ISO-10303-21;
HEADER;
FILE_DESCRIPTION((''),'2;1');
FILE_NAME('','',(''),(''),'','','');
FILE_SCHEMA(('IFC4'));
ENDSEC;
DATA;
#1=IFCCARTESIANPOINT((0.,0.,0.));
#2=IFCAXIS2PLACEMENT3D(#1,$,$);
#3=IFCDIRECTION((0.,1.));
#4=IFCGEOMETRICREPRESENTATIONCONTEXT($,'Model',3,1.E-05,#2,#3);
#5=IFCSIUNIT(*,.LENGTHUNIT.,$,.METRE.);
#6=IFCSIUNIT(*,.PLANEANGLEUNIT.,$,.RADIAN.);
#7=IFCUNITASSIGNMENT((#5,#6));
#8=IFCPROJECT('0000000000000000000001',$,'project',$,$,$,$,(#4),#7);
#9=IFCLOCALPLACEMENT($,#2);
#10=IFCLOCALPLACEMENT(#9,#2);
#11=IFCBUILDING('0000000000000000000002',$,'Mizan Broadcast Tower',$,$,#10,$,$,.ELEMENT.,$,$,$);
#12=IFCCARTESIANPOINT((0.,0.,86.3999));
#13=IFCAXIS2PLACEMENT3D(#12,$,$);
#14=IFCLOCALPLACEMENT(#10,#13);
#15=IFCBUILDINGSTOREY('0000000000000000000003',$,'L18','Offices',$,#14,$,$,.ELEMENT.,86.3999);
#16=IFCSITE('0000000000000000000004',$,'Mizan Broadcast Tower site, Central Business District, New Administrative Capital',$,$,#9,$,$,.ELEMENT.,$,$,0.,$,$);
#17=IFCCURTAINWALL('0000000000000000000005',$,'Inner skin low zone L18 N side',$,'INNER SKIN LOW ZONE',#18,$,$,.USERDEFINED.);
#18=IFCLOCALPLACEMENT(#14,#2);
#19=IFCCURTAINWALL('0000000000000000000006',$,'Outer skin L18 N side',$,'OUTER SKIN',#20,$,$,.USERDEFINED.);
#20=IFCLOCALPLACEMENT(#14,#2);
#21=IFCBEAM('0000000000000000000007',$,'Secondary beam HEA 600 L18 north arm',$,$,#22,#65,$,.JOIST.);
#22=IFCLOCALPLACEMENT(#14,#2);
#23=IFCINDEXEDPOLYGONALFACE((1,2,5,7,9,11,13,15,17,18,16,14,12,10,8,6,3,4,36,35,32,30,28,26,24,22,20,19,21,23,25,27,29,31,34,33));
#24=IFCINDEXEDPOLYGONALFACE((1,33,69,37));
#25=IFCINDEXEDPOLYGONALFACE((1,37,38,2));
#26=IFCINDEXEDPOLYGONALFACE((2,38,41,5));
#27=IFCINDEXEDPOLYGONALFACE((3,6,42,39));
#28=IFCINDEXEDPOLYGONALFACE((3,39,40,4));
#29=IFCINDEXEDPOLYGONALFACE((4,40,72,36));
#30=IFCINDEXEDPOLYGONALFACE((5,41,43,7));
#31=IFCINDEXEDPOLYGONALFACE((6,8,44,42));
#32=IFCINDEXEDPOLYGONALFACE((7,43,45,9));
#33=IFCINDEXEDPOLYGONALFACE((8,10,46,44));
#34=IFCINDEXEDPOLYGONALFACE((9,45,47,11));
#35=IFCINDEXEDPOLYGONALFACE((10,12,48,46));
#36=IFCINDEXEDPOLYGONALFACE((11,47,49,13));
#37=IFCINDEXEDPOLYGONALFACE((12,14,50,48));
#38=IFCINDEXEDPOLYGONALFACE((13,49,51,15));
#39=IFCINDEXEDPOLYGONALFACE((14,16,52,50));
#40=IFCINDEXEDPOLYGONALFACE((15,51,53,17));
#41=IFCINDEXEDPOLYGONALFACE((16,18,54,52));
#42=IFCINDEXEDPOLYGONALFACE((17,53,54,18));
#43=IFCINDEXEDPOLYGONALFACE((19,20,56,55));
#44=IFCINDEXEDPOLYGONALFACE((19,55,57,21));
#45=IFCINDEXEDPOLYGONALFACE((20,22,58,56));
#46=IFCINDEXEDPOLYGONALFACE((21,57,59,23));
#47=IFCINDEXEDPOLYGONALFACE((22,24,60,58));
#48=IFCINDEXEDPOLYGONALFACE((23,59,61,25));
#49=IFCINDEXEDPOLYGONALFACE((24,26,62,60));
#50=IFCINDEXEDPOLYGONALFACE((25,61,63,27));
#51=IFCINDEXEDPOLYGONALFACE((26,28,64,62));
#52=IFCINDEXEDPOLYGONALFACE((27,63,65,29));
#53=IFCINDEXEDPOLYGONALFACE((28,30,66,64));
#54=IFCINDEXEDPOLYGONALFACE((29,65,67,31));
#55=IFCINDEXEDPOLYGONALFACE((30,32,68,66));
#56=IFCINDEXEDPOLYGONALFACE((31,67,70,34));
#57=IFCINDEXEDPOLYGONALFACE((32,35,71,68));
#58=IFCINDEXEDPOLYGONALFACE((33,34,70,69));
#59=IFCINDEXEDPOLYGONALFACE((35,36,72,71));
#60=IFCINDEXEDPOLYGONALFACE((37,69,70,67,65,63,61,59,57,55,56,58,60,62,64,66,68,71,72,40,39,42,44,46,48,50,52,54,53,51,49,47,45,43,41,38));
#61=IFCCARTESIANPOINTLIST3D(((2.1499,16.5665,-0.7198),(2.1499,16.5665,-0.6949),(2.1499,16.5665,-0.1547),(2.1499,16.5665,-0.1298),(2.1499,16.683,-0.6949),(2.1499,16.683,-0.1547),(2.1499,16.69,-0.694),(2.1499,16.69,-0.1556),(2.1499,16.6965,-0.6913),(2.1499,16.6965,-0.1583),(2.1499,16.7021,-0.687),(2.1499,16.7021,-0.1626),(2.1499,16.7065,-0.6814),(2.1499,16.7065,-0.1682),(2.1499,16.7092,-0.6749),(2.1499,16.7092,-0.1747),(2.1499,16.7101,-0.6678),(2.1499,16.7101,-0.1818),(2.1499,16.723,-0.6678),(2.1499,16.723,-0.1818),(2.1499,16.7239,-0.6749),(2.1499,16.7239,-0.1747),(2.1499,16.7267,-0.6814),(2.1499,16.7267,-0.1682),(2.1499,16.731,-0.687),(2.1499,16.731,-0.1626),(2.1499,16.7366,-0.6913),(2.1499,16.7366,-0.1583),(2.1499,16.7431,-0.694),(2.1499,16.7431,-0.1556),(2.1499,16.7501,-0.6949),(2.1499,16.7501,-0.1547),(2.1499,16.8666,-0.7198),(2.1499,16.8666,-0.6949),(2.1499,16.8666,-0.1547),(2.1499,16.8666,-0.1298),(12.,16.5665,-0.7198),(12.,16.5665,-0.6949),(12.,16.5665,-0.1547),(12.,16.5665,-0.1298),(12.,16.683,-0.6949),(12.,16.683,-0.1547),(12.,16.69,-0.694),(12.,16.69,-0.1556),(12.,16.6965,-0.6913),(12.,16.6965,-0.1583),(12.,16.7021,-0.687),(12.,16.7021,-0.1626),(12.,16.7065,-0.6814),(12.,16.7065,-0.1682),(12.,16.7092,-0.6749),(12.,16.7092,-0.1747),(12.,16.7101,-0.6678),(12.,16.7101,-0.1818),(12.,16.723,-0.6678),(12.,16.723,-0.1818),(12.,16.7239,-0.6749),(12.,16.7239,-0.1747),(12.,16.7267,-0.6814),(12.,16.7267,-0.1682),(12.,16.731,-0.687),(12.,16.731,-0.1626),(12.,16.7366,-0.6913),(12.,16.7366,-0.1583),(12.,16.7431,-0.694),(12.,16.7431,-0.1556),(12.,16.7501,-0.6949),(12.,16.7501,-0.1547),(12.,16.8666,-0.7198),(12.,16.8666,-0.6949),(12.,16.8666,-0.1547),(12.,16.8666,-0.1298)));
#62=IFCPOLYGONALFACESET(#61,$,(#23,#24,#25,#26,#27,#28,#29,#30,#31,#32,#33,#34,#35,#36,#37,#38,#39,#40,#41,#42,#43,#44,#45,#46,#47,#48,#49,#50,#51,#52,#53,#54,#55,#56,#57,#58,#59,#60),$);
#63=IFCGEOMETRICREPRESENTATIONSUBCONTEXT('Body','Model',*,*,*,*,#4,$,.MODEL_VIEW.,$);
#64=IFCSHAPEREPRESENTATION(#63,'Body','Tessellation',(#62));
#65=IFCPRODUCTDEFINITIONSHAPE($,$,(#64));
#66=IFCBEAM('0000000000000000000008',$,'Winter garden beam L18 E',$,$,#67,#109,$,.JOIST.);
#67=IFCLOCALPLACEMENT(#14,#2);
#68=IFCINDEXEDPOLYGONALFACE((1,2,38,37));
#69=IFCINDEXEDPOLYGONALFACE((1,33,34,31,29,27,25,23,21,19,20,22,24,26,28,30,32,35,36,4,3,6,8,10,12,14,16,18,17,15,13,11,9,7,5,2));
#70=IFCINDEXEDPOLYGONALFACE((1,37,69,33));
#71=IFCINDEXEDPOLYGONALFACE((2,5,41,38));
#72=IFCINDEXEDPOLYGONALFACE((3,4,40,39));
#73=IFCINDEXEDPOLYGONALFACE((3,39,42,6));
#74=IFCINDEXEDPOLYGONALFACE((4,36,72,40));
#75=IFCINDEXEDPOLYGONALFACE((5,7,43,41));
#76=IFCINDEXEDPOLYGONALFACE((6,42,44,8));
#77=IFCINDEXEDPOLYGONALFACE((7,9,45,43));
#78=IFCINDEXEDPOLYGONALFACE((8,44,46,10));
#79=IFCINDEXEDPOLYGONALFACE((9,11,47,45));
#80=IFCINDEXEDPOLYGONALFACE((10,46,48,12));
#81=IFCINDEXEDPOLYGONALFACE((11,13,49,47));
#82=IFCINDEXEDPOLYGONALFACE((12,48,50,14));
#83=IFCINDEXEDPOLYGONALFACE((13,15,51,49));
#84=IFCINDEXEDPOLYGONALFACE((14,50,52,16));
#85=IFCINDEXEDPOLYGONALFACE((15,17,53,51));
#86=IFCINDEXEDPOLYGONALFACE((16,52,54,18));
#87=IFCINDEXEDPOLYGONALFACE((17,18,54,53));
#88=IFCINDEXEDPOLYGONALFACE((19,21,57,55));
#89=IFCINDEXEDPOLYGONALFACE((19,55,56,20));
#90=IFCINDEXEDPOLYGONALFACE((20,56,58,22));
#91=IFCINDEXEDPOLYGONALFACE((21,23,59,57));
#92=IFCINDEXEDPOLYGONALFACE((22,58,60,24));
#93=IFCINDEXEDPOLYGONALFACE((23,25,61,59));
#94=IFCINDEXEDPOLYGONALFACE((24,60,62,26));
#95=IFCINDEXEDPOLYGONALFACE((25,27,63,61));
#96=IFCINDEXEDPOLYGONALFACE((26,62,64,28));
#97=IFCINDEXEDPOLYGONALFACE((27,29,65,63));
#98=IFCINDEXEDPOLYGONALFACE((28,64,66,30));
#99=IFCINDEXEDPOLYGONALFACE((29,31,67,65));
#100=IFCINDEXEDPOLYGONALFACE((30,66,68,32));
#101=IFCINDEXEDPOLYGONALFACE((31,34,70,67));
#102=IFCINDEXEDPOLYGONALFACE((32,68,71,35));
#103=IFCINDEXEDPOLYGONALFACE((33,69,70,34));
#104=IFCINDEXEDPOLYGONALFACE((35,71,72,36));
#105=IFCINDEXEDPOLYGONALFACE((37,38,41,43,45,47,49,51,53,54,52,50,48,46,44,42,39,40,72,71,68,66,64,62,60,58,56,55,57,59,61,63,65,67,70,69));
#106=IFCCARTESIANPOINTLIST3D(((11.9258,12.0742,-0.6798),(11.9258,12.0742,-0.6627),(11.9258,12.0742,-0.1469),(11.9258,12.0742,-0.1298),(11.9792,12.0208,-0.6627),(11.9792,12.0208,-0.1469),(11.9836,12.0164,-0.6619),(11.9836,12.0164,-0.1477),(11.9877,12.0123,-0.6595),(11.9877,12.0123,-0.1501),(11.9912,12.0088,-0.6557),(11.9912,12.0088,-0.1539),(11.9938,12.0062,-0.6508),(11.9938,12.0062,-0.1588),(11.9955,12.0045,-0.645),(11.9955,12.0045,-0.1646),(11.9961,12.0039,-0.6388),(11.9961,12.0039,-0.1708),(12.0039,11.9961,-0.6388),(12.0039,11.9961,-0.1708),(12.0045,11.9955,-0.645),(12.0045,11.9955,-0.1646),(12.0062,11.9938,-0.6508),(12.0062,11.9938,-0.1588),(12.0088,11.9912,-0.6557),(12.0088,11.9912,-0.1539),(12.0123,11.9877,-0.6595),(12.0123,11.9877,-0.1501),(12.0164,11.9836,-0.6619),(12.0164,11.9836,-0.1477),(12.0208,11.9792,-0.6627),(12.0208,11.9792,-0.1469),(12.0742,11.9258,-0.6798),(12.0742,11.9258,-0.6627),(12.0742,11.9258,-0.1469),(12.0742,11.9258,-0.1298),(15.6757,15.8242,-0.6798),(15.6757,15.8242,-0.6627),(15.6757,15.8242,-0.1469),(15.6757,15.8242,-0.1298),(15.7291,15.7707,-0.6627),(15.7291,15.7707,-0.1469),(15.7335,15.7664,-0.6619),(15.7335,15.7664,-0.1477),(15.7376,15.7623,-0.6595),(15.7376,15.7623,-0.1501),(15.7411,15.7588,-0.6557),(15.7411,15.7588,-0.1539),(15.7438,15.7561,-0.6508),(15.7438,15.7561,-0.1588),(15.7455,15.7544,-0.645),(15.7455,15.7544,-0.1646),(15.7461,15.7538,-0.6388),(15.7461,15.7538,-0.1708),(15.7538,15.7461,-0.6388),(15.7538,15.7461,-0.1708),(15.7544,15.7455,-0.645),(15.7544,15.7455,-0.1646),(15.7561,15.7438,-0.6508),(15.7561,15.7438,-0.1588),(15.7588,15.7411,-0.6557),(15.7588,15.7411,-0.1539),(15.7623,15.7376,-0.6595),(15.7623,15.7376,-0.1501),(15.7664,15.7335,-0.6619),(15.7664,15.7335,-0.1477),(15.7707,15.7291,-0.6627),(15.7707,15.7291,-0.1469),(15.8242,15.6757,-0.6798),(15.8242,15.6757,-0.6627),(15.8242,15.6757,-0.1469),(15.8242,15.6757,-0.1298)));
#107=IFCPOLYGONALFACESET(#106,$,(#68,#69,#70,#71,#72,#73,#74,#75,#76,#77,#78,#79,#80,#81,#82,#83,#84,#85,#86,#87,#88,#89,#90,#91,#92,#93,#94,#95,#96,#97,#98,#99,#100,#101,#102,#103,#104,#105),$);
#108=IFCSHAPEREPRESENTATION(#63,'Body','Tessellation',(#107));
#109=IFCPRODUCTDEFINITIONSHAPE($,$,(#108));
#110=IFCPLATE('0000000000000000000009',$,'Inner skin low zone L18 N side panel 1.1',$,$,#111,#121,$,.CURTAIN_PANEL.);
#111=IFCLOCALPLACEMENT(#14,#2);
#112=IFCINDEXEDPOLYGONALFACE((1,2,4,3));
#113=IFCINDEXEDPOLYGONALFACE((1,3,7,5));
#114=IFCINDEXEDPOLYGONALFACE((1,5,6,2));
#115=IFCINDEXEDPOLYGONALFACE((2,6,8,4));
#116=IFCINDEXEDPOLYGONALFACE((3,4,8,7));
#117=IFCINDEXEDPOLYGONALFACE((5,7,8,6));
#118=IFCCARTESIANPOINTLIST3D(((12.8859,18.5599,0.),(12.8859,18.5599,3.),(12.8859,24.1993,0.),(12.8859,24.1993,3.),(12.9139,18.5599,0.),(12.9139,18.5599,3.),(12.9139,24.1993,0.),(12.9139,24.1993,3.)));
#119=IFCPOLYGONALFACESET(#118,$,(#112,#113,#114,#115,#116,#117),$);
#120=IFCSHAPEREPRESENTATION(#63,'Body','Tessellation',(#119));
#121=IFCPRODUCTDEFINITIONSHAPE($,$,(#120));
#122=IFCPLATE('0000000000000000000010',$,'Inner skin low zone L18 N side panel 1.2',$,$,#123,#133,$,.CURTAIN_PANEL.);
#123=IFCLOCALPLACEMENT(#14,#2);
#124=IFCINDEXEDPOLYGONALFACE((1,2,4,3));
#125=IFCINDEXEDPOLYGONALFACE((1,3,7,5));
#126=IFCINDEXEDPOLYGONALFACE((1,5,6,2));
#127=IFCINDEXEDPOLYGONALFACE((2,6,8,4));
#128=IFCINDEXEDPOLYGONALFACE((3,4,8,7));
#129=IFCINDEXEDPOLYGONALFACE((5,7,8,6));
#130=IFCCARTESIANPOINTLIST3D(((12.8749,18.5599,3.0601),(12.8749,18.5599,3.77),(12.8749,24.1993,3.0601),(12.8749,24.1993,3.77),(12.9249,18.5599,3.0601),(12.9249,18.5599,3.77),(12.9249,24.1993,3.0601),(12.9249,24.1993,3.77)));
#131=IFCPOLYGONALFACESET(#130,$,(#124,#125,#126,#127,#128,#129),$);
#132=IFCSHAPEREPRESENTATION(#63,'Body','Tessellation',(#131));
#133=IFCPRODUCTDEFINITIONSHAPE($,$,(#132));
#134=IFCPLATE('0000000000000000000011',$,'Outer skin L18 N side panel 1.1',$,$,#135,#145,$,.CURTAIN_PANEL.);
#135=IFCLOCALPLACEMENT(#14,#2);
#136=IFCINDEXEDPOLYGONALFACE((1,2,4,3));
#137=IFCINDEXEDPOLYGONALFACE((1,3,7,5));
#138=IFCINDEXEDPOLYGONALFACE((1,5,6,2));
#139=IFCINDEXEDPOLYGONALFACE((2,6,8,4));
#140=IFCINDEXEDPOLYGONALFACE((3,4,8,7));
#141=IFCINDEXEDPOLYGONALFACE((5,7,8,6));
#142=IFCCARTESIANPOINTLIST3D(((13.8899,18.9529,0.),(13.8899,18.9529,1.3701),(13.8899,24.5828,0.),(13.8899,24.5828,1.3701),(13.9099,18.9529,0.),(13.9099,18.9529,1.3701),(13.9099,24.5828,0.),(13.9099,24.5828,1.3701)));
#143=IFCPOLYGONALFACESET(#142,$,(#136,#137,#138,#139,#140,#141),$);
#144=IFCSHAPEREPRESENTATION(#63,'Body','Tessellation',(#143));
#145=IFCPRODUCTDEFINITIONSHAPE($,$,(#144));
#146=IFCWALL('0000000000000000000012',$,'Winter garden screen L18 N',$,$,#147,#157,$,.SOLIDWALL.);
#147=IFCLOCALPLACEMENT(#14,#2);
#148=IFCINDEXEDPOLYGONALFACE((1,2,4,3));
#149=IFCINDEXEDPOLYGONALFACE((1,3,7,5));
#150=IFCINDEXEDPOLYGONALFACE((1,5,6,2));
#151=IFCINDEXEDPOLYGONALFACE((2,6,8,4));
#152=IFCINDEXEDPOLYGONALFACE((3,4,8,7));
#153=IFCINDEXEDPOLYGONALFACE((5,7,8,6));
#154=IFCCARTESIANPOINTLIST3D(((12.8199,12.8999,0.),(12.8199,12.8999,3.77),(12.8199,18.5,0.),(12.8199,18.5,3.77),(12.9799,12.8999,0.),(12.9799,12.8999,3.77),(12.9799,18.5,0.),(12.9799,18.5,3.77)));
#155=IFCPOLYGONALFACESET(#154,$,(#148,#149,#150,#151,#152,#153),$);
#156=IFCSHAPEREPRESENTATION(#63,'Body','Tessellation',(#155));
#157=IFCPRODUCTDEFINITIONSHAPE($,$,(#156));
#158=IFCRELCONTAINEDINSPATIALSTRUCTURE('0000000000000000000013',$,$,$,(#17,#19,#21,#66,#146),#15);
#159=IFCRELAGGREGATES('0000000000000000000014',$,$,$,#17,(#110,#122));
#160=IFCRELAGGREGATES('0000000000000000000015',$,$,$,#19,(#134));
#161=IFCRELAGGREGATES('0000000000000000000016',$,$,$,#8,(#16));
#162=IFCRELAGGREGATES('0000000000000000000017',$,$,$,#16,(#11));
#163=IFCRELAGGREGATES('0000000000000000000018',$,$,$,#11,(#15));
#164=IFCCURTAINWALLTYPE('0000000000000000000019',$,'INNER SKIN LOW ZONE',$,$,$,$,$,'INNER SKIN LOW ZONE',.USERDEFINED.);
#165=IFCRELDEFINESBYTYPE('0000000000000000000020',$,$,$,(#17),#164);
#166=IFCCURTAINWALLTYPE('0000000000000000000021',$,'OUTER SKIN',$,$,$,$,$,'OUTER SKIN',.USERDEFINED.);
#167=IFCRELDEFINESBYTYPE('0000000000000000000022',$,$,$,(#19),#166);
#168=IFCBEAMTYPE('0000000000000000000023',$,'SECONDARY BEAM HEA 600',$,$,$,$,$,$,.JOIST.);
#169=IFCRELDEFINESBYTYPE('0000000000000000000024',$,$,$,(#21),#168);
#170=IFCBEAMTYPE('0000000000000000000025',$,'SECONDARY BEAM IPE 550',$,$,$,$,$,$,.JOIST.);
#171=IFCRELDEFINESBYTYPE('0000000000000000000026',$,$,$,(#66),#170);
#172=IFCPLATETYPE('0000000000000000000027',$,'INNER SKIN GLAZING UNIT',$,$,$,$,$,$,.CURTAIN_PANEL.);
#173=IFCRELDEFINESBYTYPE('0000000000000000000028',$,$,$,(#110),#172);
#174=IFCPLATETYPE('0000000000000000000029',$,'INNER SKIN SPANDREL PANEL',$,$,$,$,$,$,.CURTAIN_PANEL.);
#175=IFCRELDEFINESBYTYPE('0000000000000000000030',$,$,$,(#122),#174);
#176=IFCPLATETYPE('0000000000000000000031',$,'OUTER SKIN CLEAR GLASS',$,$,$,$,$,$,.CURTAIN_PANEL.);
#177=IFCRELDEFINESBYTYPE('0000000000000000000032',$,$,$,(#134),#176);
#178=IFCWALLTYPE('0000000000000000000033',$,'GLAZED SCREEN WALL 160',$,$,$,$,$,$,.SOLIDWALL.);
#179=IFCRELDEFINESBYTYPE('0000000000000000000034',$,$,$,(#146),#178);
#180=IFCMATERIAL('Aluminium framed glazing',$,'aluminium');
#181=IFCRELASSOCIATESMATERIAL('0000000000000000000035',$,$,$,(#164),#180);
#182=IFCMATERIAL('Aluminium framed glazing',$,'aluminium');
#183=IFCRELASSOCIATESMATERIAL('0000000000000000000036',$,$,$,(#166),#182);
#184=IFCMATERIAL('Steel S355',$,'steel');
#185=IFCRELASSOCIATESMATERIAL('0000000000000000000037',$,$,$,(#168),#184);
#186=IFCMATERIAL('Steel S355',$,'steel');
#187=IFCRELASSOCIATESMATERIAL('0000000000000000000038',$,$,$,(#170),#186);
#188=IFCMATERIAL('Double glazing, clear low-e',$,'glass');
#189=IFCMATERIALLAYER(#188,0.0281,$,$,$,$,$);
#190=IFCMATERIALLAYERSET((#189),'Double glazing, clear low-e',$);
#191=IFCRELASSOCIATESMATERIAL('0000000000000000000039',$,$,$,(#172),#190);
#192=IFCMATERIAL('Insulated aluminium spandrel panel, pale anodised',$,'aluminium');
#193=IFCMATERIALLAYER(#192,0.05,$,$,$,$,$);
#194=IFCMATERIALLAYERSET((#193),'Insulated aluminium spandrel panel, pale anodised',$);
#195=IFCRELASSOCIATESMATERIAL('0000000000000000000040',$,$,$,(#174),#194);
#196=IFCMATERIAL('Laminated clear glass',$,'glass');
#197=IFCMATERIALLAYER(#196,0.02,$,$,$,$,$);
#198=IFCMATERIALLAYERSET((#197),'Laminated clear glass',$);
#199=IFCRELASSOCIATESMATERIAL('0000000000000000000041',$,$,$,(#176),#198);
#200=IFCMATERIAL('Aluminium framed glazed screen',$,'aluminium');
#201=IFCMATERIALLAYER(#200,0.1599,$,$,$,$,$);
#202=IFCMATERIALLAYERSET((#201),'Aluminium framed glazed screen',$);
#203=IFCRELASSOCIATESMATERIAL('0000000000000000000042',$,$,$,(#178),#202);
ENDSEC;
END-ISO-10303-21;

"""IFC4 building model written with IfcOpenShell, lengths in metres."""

from ifc_helpers import new_model, si_unit, direction, frame, frame_2d, origin, origin_2d, place, context, subcontext, project, spatial, rectangle, i_section, extrude, material, layer, layer_set, material_profile, profile_set, type_object, element, aggregate, save


model = new_model("IFC4")

# Units and contexts
model_context = context("Model", 3, precision=1e-05, world=origin(), true_north=direction((0.0, 1.0)))
body_context = subcontext(model_context, "Body", "Model", "MODEL_VIEW")
ifc_project = project(units=[si_unit("LENGTHUNIT", "METRE"), si_unit("PLANEANGLEUNIT", "RADIAN")], contexts=[model_context])

# Site, building, storey
site_placement = place(None, origin())
site = spatial("IfcSite", under=ifc_project, at=site_placement, Name="Mizan Broadcast Tower site, Central Business District, New Administrative Capital", CompositionType="ELEMENT", RefElevation=0.0)
building_placement = place(site_placement, origin())
building = spatial("IfcBuilding", under=site, at=building_placement, Name="Mizan Broadcast Tower", CompositionType="ELEMENT")
storey_placement = place(building_placement, frame((0.0, 0.0, 86.3999)))
storey = spatial("IfcBuildingStorey", under=building, at=storey_placement, Name="L18", Description="Offices", CompositionType="ELEMENT", Elevation=86.3999)

# Curtain walls
ifc_material_1 = material(Name="Aluminium framed glazing", Category="aluminium")
curtain_wall_type_1 = type_object("IfcCurtainWallType", Name="INNER SKIN LOW ZONE", ElementType="INNER SKIN LOW ZONE", PredefinedType="USERDEFINED", material=ifc_material_1)
curtain_wall_1_placement = place(storey_placement, origin())
curtain_wall_1 = element("IfcCurtainWall", 1, at=curtain_wall_1_placement, inside=storey, type_object=curtain_wall_type_1, Name="Inner skin low zone L18 N side", ObjectType="INNER SKIN LOW ZONE", PredefinedType="USERDEFINED")
ifc_material_2 = material(Name="Aluminium framed glazing", Category="aluminium")
curtain_wall_type_2 = type_object("IfcCurtainWallType", Name="OUTER SKIN", ElementType="OUTER SKIN", PredefinedType="USERDEFINED", material=ifc_material_2)
curtain_wall_2_placement = place(storey_placement, origin())
curtain_wall_2 = element("IfcCurtainWall", 2, at=curtain_wall_2_placement, inside=storey, type_object=curtain_wall_type_2, Name="Outer skin L18 N side", ObjectType="OUTER SKIN", PredefinedType="USERDEFINED")

# Beams
ifc_material_3 = material(Name="Steel S355", Category="steel")
ifc_material_profile_1 = material_profile(ifc_material_3, i_section(OverallWidth=0.3, OverallDepth=0.5901, WebThickness=0.0129, FlangeThickness=0.0249, FilletRadius=0.0271, at=origin_2d()), Name="HEA 600")
ifc_profile_set_1 = profile_set([ifc_material_profile_1], Name="Steel S355")
beam_type_1 = type_object("IfcBeamType", Name="SECONDARY BEAM HEA 600", PredefinedType="JOIST", material=ifc_profile_set_1)
for number, where, z_axis, x_axis, name in (
    (3, (12.0, 16.7166, -0.4248), (-1.0, 0.0, 0.0), (0.0, -1.0, 0.0), "Secondary beam HEA 600 L18 north arm"),
):
    element("IfcBeam", number, at=place(storey_placement, frame(where, z_axis=z_axis, x_axis=x_axis)), inside=storey, type_object=beam_type_1, Name=name, PredefinedType="JOIST", context=body_context, shape_type="SweptSolid", body=[
        extrude(i_section(OverallWidth=0.3, OverallDepth=0.5901, WebThickness=0.0129, FlangeThickness=0.0249, FilletRadius=0.0271, at=origin_2d()), origin(), (0.0, 0.0, 1.0), 9.8501),
    ])
ifc_material_4 = material(Name="Steel S355", Category="steel")
ifc_material_profile_2 = material_profile(ifc_material_4, i_section(OverallWidth=0.21, OverallDepth=0.55, WebThickness=0.011, FlangeThickness=0.0171, FilletRadius=0.0239, at=origin_2d()), Name="IPE 550")
ifc_profile_set_2 = profile_set([ifc_material_profile_2], Name="Steel S355")
beam_type_2 = type_object("IfcBeamType", Name="SECONDARY BEAM IPE 550", PredefinedType="JOIST", material=ifc_profile_set_2)
beam_1_placement = place(storey_placement, frame((12.0, 12.0, -0.4048), z_axis=(0.707107, 0.707107, 0.0), x_axis=(-0.707107, 0.707107, 0.0)))
element("IfcBeam", 4, at=beam_1_placement, inside=storey, type_object=beam_type_2, Name="Winter garden beam L18 E", PredefinedType="JOIST", context=body_context, shape_type="SweptSolid", body=[
    extrude(i_section(OverallWidth=0.21, OverallDepth=0.55, WebThickness=0.011, FlangeThickness=0.0171, FilletRadius=0.0239, at=origin_2d()), origin(), (0.0, 0.0, 1.0), 5.3032),
])

# Plates
ifc_material_5 = material(Name="Double glazing, clear low-e", Category="glass")
ifc_layer_1 = layer(ifc_material_5, 0.0281)
ifc_layer_set_1 = layer_set([ifc_layer_1], Name="Double glazing, clear low-e")
plate_type_1 = type_object("IfcPlateType", Name="INNER SKIN GLAZING UNIT", PredefinedType="CURTAIN_PANEL", material=ifc_layer_set_1)
plate_1_placement = place(storey_placement, frame((12.8999, 21.3796, 0.0), z_axis=(0.0, 0.0, 1.0), x_axis=(0.0, 1.0, 0.0)))
plate_1 = element("IfcPlate", 5, at=plate_1_placement, type_object=plate_type_1, Name="Inner skin low zone L18 N side panel 1.1", PredefinedType="CURTAIN_PANEL", context=body_context, shape_type="SweptSolid", body=[
    extrude(rectangle(XDim=5.6394, YDim=0.0281, at=origin_2d()), origin(), (0.0, 0.0, 1.0), 3.0),
])
ifc_material_6 = material(Name="Insulated aluminium spandrel panel, pale anodised", Category="aluminium")
ifc_layer_2 = layer(ifc_material_6, 0.05)
ifc_layer_set_2 = layer_set([ifc_layer_2], Name="Insulated aluminium spandrel panel, pale anodised")
plate_type_2 = type_object("IfcPlateType", Name="INNER SKIN SPANDREL PANEL", PredefinedType="CURTAIN_PANEL", material=ifc_layer_set_2)
plate_2_placement = place(storey_placement, frame((12.8999, 21.3796, 3.0601), z_axis=(0.0, 0.0, 1.0), x_axis=(0.0, 1.0, 0.0)))
plate_2 = element("IfcPlate", 6, at=plate_2_placement, type_object=plate_type_2, Name="Inner skin low zone L18 N side panel 1.2", PredefinedType="CURTAIN_PANEL", context=body_context, shape_type="SweptSolid", body=[
    extrude(rectangle(XDim=5.6394, YDim=0.05, at=origin_2d()), origin(), (0.0, 0.0, 1.0), 0.71),
])
aggregate(curtain_wall_1, [plate_1, plate_2])
ifc_material_7 = material(Name="Laminated clear glass", Category="glass")
ifc_layer_3 = layer(ifc_material_7, 0.02)
ifc_layer_set_3 = layer_set([ifc_layer_3], Name="Laminated clear glass")
plate_type_3 = type_object("IfcPlateType", Name="OUTER SKIN CLEAR GLASS", PredefinedType="CURTAIN_PANEL", material=ifc_layer_set_3)
plate_3_placement = place(storey_placement, frame((13.8999, 21.7678, 0.0), z_axis=(0.0, 0.0, 1.0), x_axis=(0.0, 1.0, 0.0)))
plate_3 = element("IfcPlate", 7, at=plate_3_placement, type_object=plate_type_3, Name="Outer skin L18 N side panel 1.1", PredefinedType="CURTAIN_PANEL", context=body_context, shape_type="SweptSolid", body=[
    extrude(rectangle(XDim=5.6299, YDim=0.02, at=origin_2d()), origin(), (0.0, 0.0, 1.0), 1.3701),
])
aggregate(curtain_wall_2, [plate_3])

# Wall
ifc_material_8 = material(Name="Aluminium framed glazed screen", Category="aluminium")
ifc_layer_4 = layer(ifc_material_8, 0.1599)
ifc_layer_set_4 = layer_set([ifc_layer_4], Name="Aluminium framed glazed screen")
wall_type_1 = type_object("IfcWallType", Name="GLAZED SCREEN WALL 160", PredefinedType="SOLIDWALL", material=ifc_layer_set_4)
wall_1_placement = place(storey_placement, frame((12.8999, 12.8999, 0.0), z_axis=(0.0, 0.0, 1.0), x_axis=(0.0, 1.0, 0.0)))
element("IfcWall", 8, at=wall_1_placement, inside=storey, type_object=wall_type_1, Name="Winter garden screen L18 N", PredefinedType="SOLIDWALL", context=body_context, shape_type="SweptSolid", body=[
    extrude(rectangle(XDim=5.6001, YDim=0.1599, at=frame_2d((2.8, 0.0))), origin(), (0.0, 0.0, 1.0), 3.77),
])

save(model, "model.ifc")
